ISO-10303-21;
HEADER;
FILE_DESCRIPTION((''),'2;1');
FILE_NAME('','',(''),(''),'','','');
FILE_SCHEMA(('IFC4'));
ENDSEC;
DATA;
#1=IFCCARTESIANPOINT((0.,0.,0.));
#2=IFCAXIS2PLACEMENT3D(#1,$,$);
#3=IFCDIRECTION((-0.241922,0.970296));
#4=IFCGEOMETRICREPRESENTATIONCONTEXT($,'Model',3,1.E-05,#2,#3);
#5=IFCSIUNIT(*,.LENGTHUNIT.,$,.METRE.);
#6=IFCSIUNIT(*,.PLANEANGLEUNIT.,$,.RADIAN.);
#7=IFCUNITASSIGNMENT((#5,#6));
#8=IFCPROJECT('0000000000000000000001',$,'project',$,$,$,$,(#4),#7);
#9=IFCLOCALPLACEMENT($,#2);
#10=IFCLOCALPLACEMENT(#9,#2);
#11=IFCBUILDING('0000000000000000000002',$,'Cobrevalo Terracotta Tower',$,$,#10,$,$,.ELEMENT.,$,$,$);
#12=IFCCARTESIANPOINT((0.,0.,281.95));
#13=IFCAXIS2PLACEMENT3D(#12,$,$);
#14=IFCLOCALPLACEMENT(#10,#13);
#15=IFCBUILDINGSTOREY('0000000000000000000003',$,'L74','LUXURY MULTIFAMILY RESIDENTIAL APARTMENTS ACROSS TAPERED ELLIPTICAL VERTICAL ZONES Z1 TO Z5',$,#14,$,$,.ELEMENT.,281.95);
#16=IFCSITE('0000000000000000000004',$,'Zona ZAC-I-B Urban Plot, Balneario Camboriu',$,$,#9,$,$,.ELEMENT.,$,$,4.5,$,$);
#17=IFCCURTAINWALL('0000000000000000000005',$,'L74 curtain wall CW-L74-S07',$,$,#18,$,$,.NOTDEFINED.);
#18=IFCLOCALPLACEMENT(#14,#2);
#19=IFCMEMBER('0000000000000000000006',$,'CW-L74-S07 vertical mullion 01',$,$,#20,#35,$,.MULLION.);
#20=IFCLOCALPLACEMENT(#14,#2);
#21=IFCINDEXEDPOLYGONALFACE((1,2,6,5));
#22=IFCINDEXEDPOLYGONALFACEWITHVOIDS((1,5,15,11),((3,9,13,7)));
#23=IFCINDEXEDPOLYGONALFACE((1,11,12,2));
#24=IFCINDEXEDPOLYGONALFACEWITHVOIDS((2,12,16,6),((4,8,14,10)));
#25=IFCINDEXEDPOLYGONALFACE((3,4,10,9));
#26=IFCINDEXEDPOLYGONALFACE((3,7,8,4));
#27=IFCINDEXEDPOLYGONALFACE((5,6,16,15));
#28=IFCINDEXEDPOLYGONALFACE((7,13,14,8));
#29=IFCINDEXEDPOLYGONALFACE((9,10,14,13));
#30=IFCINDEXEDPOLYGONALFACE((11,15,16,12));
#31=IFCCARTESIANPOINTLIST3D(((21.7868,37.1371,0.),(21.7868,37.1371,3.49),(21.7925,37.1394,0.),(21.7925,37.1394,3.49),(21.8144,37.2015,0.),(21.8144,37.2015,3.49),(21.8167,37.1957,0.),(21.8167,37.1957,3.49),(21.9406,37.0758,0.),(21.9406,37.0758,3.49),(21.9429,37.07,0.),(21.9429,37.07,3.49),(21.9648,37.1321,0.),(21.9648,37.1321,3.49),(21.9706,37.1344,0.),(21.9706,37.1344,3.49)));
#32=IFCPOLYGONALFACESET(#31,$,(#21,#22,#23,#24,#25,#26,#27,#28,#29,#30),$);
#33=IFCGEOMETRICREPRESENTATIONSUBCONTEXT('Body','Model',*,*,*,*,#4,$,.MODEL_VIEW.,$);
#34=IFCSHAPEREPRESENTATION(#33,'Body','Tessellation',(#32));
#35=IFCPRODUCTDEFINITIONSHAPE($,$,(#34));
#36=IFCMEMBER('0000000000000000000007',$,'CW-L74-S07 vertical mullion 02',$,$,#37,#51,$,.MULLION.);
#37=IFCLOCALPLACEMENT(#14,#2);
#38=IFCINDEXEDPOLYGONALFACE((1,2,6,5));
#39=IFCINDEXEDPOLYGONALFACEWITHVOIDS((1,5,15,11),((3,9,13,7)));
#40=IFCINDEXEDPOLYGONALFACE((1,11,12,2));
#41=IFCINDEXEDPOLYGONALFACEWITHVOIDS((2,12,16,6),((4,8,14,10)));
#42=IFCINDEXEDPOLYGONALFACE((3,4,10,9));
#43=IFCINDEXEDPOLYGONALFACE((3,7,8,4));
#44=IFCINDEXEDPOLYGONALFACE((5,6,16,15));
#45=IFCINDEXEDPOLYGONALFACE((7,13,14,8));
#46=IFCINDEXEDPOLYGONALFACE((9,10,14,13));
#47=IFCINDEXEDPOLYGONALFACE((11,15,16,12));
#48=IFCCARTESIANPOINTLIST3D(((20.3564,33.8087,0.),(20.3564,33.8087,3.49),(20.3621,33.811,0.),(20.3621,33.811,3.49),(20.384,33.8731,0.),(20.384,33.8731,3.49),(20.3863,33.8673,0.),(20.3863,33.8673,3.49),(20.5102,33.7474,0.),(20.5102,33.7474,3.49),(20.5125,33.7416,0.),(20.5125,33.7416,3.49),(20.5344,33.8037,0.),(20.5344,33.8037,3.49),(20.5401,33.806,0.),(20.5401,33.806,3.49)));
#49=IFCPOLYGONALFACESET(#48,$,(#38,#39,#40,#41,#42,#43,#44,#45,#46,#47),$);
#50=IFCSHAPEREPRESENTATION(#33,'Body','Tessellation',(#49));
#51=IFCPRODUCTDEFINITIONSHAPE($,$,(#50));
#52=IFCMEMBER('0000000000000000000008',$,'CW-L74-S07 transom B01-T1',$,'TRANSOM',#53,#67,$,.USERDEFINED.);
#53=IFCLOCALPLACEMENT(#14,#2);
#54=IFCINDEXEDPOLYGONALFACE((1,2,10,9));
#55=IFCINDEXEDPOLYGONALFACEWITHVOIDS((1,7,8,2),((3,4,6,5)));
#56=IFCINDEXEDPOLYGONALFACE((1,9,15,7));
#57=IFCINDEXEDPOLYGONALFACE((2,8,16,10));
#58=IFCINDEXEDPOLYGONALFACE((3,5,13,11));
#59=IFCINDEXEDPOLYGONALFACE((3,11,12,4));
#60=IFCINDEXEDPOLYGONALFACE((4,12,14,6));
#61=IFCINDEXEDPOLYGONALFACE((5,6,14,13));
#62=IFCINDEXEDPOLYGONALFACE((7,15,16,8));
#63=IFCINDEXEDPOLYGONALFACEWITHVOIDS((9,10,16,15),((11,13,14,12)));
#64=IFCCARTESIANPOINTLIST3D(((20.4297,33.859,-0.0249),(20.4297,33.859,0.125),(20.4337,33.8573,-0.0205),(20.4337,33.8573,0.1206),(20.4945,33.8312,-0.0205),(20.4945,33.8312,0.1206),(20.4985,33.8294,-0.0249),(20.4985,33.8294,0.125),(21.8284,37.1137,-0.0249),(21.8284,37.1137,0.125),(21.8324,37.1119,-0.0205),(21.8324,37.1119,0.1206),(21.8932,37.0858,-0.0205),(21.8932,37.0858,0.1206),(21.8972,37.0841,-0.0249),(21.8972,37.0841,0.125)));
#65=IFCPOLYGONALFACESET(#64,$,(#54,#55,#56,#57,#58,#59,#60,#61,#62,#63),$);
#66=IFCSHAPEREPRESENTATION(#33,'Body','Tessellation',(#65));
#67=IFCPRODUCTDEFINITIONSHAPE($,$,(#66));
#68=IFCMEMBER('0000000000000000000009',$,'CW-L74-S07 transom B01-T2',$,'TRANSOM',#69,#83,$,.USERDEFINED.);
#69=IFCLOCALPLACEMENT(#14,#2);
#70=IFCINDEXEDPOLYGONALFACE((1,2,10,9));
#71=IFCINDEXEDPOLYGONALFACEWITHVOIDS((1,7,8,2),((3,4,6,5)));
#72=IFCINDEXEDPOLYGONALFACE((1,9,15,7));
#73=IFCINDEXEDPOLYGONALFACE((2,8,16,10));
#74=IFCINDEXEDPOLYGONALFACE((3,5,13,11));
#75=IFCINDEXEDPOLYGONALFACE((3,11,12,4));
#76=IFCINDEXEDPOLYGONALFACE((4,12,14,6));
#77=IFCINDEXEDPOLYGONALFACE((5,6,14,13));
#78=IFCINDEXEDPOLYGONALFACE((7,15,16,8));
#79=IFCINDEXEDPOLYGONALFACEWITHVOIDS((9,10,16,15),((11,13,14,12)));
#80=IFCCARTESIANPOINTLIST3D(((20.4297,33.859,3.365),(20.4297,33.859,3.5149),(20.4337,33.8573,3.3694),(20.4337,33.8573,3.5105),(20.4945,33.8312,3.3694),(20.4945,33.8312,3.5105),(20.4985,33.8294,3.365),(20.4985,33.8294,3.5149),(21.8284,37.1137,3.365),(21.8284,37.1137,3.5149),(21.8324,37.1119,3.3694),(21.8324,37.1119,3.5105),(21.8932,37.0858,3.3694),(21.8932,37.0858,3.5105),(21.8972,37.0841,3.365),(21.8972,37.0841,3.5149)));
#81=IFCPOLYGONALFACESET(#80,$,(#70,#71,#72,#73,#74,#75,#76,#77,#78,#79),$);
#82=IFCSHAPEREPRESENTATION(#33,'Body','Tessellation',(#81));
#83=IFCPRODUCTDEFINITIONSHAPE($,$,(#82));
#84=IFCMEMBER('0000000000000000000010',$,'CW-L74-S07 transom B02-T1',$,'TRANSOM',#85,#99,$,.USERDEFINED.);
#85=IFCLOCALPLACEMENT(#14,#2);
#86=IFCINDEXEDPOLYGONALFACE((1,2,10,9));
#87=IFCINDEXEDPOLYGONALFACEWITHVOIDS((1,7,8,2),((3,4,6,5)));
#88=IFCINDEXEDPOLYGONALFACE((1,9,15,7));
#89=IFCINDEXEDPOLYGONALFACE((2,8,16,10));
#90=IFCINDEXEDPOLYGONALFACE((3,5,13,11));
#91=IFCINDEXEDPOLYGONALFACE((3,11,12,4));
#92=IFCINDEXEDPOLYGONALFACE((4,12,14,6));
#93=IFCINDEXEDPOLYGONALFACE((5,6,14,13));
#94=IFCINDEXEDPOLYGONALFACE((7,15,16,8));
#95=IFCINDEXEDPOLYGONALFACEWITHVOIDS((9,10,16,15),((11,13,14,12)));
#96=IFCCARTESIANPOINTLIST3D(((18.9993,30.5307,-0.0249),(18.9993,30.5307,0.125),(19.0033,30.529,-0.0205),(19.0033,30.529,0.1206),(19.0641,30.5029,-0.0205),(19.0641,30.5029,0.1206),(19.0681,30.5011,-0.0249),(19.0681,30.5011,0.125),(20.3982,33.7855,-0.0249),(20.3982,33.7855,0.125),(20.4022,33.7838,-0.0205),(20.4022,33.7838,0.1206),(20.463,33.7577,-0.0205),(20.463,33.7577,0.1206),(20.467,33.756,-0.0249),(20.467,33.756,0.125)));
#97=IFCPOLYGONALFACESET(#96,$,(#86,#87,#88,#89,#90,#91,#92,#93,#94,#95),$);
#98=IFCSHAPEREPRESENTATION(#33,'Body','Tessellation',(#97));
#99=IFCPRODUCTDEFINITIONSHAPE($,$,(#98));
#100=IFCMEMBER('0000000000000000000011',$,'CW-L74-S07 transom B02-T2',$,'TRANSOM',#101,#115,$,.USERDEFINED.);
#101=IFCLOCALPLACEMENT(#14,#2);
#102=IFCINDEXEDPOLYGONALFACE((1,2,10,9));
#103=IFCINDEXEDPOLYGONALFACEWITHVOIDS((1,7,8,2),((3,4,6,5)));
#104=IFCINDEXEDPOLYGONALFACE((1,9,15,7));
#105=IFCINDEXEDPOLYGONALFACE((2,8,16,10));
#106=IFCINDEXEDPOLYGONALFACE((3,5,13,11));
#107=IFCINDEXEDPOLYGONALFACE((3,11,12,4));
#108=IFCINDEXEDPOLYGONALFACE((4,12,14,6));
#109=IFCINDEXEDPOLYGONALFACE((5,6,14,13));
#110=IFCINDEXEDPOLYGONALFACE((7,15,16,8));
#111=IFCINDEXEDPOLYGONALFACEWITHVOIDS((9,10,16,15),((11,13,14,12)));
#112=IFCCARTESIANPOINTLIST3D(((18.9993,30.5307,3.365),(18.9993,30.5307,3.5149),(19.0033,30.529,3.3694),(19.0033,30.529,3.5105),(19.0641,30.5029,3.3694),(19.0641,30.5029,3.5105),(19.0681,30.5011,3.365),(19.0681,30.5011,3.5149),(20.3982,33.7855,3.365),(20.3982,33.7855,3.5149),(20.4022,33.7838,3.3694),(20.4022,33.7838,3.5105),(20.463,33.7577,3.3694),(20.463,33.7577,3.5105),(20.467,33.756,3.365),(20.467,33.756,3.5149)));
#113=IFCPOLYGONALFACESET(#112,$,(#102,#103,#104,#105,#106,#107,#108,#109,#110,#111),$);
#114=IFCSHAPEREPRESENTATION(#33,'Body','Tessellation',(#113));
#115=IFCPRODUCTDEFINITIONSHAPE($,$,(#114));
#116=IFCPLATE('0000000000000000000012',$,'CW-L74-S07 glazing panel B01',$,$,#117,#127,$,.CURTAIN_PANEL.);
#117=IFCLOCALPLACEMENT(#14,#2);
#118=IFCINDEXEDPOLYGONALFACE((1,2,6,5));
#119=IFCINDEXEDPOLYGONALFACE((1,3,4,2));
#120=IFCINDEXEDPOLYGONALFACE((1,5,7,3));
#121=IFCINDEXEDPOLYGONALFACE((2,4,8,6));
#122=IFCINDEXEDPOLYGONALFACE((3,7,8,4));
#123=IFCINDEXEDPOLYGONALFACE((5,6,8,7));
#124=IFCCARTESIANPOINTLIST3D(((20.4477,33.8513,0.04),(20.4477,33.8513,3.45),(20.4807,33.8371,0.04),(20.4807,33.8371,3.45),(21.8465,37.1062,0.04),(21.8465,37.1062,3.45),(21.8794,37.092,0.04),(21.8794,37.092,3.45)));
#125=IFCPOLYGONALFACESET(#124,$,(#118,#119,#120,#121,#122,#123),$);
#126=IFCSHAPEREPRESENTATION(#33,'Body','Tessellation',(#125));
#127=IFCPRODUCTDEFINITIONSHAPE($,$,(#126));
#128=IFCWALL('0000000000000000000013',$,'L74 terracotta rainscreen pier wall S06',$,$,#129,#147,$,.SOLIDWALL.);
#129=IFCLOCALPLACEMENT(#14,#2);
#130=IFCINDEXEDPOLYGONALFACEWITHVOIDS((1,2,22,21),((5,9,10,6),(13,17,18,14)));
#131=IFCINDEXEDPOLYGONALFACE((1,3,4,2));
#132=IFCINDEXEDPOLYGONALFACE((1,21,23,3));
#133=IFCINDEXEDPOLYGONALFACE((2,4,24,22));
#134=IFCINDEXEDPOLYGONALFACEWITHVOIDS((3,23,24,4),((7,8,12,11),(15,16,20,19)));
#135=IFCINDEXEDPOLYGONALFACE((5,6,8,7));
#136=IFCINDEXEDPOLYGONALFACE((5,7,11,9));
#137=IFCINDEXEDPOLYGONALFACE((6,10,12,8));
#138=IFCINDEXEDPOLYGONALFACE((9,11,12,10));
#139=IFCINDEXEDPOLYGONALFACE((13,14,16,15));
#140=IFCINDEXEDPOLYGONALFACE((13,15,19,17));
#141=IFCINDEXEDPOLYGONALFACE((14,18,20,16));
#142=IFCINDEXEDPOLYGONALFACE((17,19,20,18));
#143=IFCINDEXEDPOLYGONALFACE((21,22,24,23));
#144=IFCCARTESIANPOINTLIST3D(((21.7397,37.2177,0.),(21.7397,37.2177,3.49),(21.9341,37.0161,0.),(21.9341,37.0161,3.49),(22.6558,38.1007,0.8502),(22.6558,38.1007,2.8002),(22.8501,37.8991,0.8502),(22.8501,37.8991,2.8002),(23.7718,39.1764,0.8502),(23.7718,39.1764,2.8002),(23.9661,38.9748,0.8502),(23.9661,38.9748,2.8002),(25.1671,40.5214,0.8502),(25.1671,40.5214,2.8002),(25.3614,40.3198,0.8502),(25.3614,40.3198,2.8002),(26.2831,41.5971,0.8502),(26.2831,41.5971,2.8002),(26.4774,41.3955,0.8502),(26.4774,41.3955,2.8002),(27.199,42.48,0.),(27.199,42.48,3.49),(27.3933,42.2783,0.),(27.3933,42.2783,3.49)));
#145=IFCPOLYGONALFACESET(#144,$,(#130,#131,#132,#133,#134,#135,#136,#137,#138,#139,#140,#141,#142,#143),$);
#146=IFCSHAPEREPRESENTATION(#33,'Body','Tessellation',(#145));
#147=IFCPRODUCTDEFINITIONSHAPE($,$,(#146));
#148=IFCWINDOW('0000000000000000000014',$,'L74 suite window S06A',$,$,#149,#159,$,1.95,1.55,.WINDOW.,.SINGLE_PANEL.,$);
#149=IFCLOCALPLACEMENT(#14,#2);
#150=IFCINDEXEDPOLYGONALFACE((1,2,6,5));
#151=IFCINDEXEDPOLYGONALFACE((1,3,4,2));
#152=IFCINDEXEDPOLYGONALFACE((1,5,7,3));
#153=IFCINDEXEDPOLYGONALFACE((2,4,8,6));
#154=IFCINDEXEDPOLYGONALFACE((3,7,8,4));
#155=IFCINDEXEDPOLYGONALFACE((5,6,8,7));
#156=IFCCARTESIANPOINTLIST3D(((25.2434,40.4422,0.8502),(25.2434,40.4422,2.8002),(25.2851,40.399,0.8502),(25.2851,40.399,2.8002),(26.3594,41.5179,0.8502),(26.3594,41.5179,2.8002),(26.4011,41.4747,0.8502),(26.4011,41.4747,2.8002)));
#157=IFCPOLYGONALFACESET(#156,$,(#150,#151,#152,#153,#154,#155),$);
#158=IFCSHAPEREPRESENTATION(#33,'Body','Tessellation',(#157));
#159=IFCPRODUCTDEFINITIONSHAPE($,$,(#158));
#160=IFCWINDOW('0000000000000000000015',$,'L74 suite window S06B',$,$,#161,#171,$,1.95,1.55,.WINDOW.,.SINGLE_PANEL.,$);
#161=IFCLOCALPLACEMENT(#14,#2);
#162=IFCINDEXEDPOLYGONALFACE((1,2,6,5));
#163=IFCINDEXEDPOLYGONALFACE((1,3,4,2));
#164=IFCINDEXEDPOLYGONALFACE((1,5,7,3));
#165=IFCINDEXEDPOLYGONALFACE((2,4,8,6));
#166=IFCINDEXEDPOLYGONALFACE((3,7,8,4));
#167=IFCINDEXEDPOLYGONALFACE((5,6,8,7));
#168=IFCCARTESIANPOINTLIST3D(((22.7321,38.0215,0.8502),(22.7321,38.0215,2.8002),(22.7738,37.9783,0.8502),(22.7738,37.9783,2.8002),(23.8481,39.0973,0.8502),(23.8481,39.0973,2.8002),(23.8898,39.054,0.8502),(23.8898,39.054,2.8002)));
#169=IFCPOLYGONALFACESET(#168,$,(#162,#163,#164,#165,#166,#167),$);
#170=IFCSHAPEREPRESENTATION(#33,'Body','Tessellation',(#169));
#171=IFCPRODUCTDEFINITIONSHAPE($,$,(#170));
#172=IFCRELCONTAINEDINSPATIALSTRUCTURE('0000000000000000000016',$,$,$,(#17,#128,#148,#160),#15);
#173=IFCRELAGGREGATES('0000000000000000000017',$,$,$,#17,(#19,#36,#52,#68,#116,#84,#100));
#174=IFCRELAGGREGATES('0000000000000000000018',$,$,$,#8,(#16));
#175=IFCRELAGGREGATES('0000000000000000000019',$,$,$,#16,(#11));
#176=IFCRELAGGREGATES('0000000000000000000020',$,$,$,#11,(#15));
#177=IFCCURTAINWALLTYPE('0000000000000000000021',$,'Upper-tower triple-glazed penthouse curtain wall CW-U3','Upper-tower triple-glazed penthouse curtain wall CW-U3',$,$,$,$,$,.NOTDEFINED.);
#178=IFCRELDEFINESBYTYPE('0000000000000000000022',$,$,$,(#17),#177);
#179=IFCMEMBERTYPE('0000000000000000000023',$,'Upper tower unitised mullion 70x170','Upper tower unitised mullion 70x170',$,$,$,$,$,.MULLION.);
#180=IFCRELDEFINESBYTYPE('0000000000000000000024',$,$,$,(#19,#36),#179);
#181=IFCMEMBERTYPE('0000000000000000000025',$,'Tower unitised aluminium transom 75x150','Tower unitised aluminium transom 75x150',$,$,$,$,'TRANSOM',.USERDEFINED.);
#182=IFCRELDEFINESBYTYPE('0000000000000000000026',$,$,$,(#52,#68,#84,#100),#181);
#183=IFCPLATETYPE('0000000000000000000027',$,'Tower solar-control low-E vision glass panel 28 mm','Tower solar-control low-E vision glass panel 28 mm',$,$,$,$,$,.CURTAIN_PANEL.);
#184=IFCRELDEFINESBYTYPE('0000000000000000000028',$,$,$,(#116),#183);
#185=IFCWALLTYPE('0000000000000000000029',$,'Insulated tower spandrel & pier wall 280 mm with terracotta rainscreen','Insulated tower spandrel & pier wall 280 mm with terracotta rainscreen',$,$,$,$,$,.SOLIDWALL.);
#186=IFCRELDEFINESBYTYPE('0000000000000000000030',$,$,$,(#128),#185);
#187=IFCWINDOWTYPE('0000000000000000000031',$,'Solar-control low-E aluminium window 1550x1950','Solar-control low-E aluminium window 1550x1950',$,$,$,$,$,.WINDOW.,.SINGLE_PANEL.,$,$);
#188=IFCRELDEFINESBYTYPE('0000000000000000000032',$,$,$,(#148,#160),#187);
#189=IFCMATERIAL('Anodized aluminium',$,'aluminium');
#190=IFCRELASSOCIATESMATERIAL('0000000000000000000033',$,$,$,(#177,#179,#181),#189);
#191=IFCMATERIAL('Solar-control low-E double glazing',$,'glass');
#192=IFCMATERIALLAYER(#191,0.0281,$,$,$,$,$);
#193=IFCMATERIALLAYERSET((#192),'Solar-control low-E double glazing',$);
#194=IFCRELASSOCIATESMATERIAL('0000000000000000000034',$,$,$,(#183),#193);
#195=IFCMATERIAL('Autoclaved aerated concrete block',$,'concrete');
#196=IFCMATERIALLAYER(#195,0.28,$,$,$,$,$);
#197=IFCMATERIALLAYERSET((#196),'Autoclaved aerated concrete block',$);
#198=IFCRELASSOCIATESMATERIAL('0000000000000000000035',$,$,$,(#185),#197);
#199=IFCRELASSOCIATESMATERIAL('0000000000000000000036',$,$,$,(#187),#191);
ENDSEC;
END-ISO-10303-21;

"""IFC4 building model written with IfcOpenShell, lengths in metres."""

from ifc_helpers import new_model, si_unit, direction, frame, frame_2d, origin, origin_2d, place, context, subcontext, project, spatial, rectangle, hollow_rectangle, extrude, source, transform, mapped, material, layer, layer_set, material_profile, profile_set, type_object, element, fill, aggregate, save


model = new_model("IFC4")

# Units and contexts
model_context = context("Model", 3, precision=1e-05, world=origin(), true_north=direction((-0.241922, 0.970296)))
body_context = subcontext(model_context, "Body", "Model", "MODEL_VIEW")
ifc_project = project(units=[si_unit("LENGTHUNIT", "METRE"), si_unit("PLANEANGLEUNIT", "RADIAN")], contexts=[model_context])

# Site, building, storey
site_placement = place(None, origin())
site = spatial("IfcSite", under=ifc_project, at=site_placement, Name="Zona ZAC-I-B Urban Plot, Balneario Camboriu", CompositionType="ELEMENT", RefElevation=4.5)
building_placement = place(site_placement, origin())
building = spatial("IfcBuilding", under=site, at=building_placement, Name="Cobrevalo Terracotta Tower", CompositionType="ELEMENT")
storey_placement = place(building_placement, frame((0.0, 0.0, 281.95)))
storey = spatial("IfcBuildingStorey", under=building, at=storey_placement, Name="L74", Description="LUXURY MULTIFAMILY RESIDENTIAL APARTMENTS ACROSS TAPERED ELLIPTICAL VERTICAL ZONES Z1 TO Z5", CompositionType="ELEMENT", Elevation=281.95)

# Shared definitions
ifc_material_1 = material(Name="Anodized aluminium", Category="aluminium")
curtain_wall_type = type_object("IfcCurtainWallType", Name="Upper-tower triple-glazed penthouse curtain wall CW-U3", Description="Upper-tower triple-glazed penthouse curtain wall CW-U3", PredefinedType="NOTDEFINED", material=ifc_material_1)
ifc_material_profile_1 = material_profile(ifc_material_1, hollow_rectangle(XDim=0.0701, YDim=0.1699, WallThickness=0.0044, at=origin_2d()), Name="CWM 70x170")
ifc_profile_set_1 = profile_set([ifc_material_profile_1], Name="Anodized aluminium")
member_type_1 = type_object("IfcMemberType", Name="Upper tower unitised mullion 70x170", Description="Upper tower unitised mullion 70x170", PredefinedType="MULLION", material=ifc_profile_set_1)
shared_shape_1 = source(origin(), body_context, "Body", "SweptSolid", [
    extrude(hollow_rectangle(XDim=0.0701, YDim=0.1699, WallThickness=0.0044, at=origin_2d()), origin(), (0.0, 0.0, 1.0), 3.49),
])

# Curtain wall, members, plate
curtain_wall_1_placement = place(storey_placement, origin())
curtain_wall_1 = element("IfcCurtainWall", 1, at=curtain_wall_1_placement, inside=storey, type_object=curtain_wall_type, Name="L74 curtain wall CW-L74-S07", PredefinedType="NOTDEFINED")
member_1_placement = place(storey_placement, frame((21.8787, 37.1357, 0.0), z_axis=(0.0, 0.0, 1.0), x_axis=(-0.394824, -0.918757, 0.0)))
member_1 = element("IfcMember", 2, at=member_1_placement, type_object=member_type_1, Name="CW-L74-S07 vertical mullion 01", PredefinedType="MULLION", context=body_context, shape_type="MappedRepresentation", body=[
    mapped(shared_shape_1, transform((0.0, 0.0, 0.0), scale=1.0)),
])
member_2_placement = place(storey_placement, frame((20.4482, 33.8074, 0.0), z_axis=(0.0, 0.0, 1.0), x_axis=(-0.394824, -0.918757, 0.0)))
member_2 = element("IfcMember", 3, at=member_2_placement, type_object=member_type_1, Name="CW-L74-S07 vertical mullion 02", PredefinedType="MULLION", context=body_context, shape_type="MappedRepresentation", body=[
    mapped(shared_shape_1, transform((0.0, 0.0, 0.0), scale=1.0)),
])
ifc_material_profile_2 = material_profile(ifc_material_1, hollow_rectangle(XDim=0.075, YDim=0.1499, WallThickness=0.0044, at=origin_2d()), Name="CWT 75x150")
ifc_profile_set_2 = profile_set([ifc_material_profile_2], Name="Anodized aluminium")
member_type_2 = type_object("IfcMemberType", Name="Tower unitised aluminium transom 75x150", Description="Tower unitised aluminium transom 75x150", ElementType="TRANSOM", PredefinedType="USERDEFINED", material=ifc_profile_set_2)
shared_shape_2 = source(origin(), body_context, "Body", "SweptSolid", [
    extrude(hollow_rectangle(XDim=0.075, YDim=0.1499, WallThickness=0.0044, at=origin_2d()), origin(), (0.0, 0.0, 1.0), 3.5425),
])
member_3_placement = place(storey_placement, frame((21.8628, 37.0989, 0.05), z_axis=(-0.394834, -0.918752, 0.0), x_axis=(0.918752, -0.394834, 0.0)))
member_3 = element("IfcMember", 4, at=member_3_placement, type_object=member_type_2, Name="CW-L74-S07 transom B01-T1", ObjectType="TRANSOM", PredefinedType="USERDEFINED", context=body_context, shape_type="MappedRepresentation", body=[
    mapped(shared_shape_2, transform((0.0, 0.0, 0.0), scale=1.0)),
])
member_4_placement = place(storey_placement, frame((21.8628, 37.0989, 3.4399), z_axis=(-0.394834, -0.918752, 0.0), x_axis=(0.918752, -0.394834, 0.0)))
member_4 = element("IfcMember", 5, at=member_4_placement, type_object=member_type_2, Name="CW-L74-S07 transom B01-T2", ObjectType="TRANSOM", PredefinedType="USERDEFINED", context=body_context, shape_type="MappedRepresentation", body=[
    mapped(shared_shape_2, transform((0.0, 0.0, 0.0), scale=1.0)),
])
shared_shape_3 = source(origin(), body_context, "Body", "SweptSolid", [
    extrude(hollow_rectangle(XDim=0.075, YDim=0.1499, WallThickness=0.0044, at=origin_2d()), origin(), (0.0, 0.0, 1.0), 3.5427),
])
member_5_placement = place(storey_placement, frame((20.4326, 33.7708, 0.05), z_axis=(-0.394867, -0.918738, 0.0), x_axis=(0.918738, -0.394867, 0.0)))
member_5 = element("IfcMember", 6, at=member_5_placement, type_object=member_type_2, Name="CW-L74-S07 transom B02-T1", ObjectType="TRANSOM", PredefinedType="USERDEFINED", context=body_context, shape_type="MappedRepresentation", body=[
    mapped(shared_shape_3, transform((0.0, 0.0, 0.0), scale=1.0)),
])
member_6_placement = place(storey_placement, frame((20.4326, 33.7708, 3.4399), z_axis=(-0.394867, -0.918738, 0.0), x_axis=(0.918738, -0.394867, 0.0)))
member_6 = element("IfcMember", 7, at=member_6_placement, type_object=member_type_2, Name="CW-L74-S07 transom B02-T2", ObjectType="TRANSOM", PredefinedType="USERDEFINED", context=body_context, shape_type="MappedRepresentation", body=[
    mapped(shared_shape_3, transform((0.0, 0.0, 0.0), scale=1.0)),
])
ifc_material_2 = material(Name="Solar-control low-E double glazing", Category="glass")
ifc_layer_1 = layer(ifc_material_2, 0.0281)
ifc_layer_set_1 = layer_set([ifc_layer_1], Name="Solar-control low-E double glazing")
plate_type = type_object("IfcPlateType", Name="Tower solar-control low-E vision glass panel 28 mm", Description="Tower solar-control low-E vision glass panel 28 mm", PredefinedType="CURTAIN_PANEL", material=ifc_layer_set_1)
shared_shape_4 = source(origin(), body_context, "Body", "SweptSolid", [
    extrude(rectangle(XDim=3.5427, YDim=0.0359, at=origin_2d()), origin(), (0.0, 0.0, 1.0), 3.4099),
])
plate_placement = place(storey_placement, frame((21.1636, 35.4717, 0.04), z_axis=(0.0, 0.0, 1.0), x_axis=(-0.394829, -0.918755, 0.0)))
plate = element("IfcPlate", 8, at=plate_placement, type_object=plate_type, Name="CW-L74-S07 glazing panel B01", PredefinedType="CURTAIN_PANEL", context=body_context, shape_type="MappedRepresentation", body=[
    mapped(shared_shape_4, transform((0.0, 0.0, 0.0), scale=1.0)),
])
aggregate(curtain_wall_1, [member_1, member_2, member_3, member_4, plate, member_5, member_6])

# Wall, openings, windows
ifc_material_3 = material(Name="Autoclaved aerated concrete block", Category="concrete")
ifc_layer_2 = layer(ifc_material_3, 0.28)
ifc_layer_set_2 = layer_set([ifc_layer_2], Name="Autoclaved aerated concrete block")
wall_type_1 = type_object("IfcWallType", Name="Insulated tower spandrel & pier wall 280 mm with terracotta rainscreen", Description="Insulated tower spandrel & pier wall 280 mm with terracotta rainscreen", PredefinedType="SOLIDWALL", material=ifc_layer_set_2)
wall_1_placement = place(storey_placement, frame((27.2961, 42.3792, 0.0), z_axis=(0.0, 0.0, 1.0), x_axis=(-0.719979, -0.693996, 0.0)))
wall_1 = element("IfcWall", 9, at=wall_1_placement, inside=storey, type_object=wall_type_1, Name="L74 terracotta rainscreen pier wall S06", PredefinedType="SOLIDWALL", context=body_context, shape_type="SweptSolid", body=[
    extrude(rectangle(XDim=7.5825, YDim=0.28, at=frame_2d((3.7913, 0.0))), origin(), (0.0, 0.0, 1.0), 3.49),
])
opening_1_placement = place(wall_1_placement, frame((1.2722, 0.0, 0.8501)))
opening_1 = element("IfcOpeningElement", 10, at=opening_1_placement, cuts=wall_1, PredefinedType="OPENING", context=body_context, shape_type="SweptSolid", body=[
    extrude(rectangle(XDim=1.55, YDim=1.95, at=frame_2d((0.7749, 0.9751))), frame((0.0, 0.1499, 0.0), z_axis=(0.0, -1.0, 0.0), x_axis=(1.0, 0.0, 0.0)), (0.0, 0.0, 1.0), 0.3),
])
opening_2_placement = place(wall_1_placement, frame((4.7603, 0.0, 0.8501)))
opening_2 = element("IfcOpeningElement", 11, at=opening_2_placement, cuts=wall_1, PredefinedType="OPENING", context=body_context, shape_type="SweptSolid", body=[
    extrude(rectangle(XDim=1.55, YDim=1.95, at=frame_2d((0.7749, 0.9751))), frame((0.0, 0.1499, 0.0), z_axis=(0.0, -1.0, 0.0), x_axis=(1.0, 0.0, 0.0)), (0.0, 0.0, 1.0), 0.3),
])
window_type = type_object("IfcWindowType", Name="Solar-control low-E aluminium window 1550x1950", Description="Solar-control low-E aluminium window 1550x1950", PartitioningType="SINGLE_PANEL", PredefinedType="WINDOW", material=ifc_material_2)
shared_shape_5 = source(origin(), body_context, "Body", "SweptSolid", [
    extrude(rectangle(XDim=1.55, YDim=1.95, at=frame_2d((0.7749, 0.9751))), frame((0.0, 0.03, 0.0), z_axis=(0.0, -1.0, 0.0), x_axis=(1.0, 0.0, 0.0)), (0.0, 0.0, 1.0), 0.0601),
])
window_1_placement = place(opening_1_placement, origin())
window_1 = element("IfcWindow", 12, at=window_1_placement, inside=storey, type_object=window_type, Name="L74 suite window S06A", OverallHeight=1.95, OverallWidth=1.55, PartitioningType="SINGLE_PANEL", PredefinedType="WINDOW", context=body_context, shape_type="MappedRepresentation", body=[
    mapped(shared_shape_5, transform((0.0, 0.0, 0.0), scale=1.0)),
])
fill(opening_1, window_1)
window_2_placement = place(opening_2_placement, origin())
window_2 = element("IfcWindow", 13, at=window_2_placement, inside=storey, type_object=window_type, Name="L74 suite window S06B", OverallHeight=1.95, OverallWidth=1.55, PartitioningType="SINGLE_PANEL", PredefinedType="WINDOW", context=body_context, shape_type="MappedRepresentation", body=[
    mapped(shared_shape_5, transform((0.0, 0.0, 0.0), scale=1.0)),
])
fill(opening_2, window_2)

save(model, "model.ifc")
